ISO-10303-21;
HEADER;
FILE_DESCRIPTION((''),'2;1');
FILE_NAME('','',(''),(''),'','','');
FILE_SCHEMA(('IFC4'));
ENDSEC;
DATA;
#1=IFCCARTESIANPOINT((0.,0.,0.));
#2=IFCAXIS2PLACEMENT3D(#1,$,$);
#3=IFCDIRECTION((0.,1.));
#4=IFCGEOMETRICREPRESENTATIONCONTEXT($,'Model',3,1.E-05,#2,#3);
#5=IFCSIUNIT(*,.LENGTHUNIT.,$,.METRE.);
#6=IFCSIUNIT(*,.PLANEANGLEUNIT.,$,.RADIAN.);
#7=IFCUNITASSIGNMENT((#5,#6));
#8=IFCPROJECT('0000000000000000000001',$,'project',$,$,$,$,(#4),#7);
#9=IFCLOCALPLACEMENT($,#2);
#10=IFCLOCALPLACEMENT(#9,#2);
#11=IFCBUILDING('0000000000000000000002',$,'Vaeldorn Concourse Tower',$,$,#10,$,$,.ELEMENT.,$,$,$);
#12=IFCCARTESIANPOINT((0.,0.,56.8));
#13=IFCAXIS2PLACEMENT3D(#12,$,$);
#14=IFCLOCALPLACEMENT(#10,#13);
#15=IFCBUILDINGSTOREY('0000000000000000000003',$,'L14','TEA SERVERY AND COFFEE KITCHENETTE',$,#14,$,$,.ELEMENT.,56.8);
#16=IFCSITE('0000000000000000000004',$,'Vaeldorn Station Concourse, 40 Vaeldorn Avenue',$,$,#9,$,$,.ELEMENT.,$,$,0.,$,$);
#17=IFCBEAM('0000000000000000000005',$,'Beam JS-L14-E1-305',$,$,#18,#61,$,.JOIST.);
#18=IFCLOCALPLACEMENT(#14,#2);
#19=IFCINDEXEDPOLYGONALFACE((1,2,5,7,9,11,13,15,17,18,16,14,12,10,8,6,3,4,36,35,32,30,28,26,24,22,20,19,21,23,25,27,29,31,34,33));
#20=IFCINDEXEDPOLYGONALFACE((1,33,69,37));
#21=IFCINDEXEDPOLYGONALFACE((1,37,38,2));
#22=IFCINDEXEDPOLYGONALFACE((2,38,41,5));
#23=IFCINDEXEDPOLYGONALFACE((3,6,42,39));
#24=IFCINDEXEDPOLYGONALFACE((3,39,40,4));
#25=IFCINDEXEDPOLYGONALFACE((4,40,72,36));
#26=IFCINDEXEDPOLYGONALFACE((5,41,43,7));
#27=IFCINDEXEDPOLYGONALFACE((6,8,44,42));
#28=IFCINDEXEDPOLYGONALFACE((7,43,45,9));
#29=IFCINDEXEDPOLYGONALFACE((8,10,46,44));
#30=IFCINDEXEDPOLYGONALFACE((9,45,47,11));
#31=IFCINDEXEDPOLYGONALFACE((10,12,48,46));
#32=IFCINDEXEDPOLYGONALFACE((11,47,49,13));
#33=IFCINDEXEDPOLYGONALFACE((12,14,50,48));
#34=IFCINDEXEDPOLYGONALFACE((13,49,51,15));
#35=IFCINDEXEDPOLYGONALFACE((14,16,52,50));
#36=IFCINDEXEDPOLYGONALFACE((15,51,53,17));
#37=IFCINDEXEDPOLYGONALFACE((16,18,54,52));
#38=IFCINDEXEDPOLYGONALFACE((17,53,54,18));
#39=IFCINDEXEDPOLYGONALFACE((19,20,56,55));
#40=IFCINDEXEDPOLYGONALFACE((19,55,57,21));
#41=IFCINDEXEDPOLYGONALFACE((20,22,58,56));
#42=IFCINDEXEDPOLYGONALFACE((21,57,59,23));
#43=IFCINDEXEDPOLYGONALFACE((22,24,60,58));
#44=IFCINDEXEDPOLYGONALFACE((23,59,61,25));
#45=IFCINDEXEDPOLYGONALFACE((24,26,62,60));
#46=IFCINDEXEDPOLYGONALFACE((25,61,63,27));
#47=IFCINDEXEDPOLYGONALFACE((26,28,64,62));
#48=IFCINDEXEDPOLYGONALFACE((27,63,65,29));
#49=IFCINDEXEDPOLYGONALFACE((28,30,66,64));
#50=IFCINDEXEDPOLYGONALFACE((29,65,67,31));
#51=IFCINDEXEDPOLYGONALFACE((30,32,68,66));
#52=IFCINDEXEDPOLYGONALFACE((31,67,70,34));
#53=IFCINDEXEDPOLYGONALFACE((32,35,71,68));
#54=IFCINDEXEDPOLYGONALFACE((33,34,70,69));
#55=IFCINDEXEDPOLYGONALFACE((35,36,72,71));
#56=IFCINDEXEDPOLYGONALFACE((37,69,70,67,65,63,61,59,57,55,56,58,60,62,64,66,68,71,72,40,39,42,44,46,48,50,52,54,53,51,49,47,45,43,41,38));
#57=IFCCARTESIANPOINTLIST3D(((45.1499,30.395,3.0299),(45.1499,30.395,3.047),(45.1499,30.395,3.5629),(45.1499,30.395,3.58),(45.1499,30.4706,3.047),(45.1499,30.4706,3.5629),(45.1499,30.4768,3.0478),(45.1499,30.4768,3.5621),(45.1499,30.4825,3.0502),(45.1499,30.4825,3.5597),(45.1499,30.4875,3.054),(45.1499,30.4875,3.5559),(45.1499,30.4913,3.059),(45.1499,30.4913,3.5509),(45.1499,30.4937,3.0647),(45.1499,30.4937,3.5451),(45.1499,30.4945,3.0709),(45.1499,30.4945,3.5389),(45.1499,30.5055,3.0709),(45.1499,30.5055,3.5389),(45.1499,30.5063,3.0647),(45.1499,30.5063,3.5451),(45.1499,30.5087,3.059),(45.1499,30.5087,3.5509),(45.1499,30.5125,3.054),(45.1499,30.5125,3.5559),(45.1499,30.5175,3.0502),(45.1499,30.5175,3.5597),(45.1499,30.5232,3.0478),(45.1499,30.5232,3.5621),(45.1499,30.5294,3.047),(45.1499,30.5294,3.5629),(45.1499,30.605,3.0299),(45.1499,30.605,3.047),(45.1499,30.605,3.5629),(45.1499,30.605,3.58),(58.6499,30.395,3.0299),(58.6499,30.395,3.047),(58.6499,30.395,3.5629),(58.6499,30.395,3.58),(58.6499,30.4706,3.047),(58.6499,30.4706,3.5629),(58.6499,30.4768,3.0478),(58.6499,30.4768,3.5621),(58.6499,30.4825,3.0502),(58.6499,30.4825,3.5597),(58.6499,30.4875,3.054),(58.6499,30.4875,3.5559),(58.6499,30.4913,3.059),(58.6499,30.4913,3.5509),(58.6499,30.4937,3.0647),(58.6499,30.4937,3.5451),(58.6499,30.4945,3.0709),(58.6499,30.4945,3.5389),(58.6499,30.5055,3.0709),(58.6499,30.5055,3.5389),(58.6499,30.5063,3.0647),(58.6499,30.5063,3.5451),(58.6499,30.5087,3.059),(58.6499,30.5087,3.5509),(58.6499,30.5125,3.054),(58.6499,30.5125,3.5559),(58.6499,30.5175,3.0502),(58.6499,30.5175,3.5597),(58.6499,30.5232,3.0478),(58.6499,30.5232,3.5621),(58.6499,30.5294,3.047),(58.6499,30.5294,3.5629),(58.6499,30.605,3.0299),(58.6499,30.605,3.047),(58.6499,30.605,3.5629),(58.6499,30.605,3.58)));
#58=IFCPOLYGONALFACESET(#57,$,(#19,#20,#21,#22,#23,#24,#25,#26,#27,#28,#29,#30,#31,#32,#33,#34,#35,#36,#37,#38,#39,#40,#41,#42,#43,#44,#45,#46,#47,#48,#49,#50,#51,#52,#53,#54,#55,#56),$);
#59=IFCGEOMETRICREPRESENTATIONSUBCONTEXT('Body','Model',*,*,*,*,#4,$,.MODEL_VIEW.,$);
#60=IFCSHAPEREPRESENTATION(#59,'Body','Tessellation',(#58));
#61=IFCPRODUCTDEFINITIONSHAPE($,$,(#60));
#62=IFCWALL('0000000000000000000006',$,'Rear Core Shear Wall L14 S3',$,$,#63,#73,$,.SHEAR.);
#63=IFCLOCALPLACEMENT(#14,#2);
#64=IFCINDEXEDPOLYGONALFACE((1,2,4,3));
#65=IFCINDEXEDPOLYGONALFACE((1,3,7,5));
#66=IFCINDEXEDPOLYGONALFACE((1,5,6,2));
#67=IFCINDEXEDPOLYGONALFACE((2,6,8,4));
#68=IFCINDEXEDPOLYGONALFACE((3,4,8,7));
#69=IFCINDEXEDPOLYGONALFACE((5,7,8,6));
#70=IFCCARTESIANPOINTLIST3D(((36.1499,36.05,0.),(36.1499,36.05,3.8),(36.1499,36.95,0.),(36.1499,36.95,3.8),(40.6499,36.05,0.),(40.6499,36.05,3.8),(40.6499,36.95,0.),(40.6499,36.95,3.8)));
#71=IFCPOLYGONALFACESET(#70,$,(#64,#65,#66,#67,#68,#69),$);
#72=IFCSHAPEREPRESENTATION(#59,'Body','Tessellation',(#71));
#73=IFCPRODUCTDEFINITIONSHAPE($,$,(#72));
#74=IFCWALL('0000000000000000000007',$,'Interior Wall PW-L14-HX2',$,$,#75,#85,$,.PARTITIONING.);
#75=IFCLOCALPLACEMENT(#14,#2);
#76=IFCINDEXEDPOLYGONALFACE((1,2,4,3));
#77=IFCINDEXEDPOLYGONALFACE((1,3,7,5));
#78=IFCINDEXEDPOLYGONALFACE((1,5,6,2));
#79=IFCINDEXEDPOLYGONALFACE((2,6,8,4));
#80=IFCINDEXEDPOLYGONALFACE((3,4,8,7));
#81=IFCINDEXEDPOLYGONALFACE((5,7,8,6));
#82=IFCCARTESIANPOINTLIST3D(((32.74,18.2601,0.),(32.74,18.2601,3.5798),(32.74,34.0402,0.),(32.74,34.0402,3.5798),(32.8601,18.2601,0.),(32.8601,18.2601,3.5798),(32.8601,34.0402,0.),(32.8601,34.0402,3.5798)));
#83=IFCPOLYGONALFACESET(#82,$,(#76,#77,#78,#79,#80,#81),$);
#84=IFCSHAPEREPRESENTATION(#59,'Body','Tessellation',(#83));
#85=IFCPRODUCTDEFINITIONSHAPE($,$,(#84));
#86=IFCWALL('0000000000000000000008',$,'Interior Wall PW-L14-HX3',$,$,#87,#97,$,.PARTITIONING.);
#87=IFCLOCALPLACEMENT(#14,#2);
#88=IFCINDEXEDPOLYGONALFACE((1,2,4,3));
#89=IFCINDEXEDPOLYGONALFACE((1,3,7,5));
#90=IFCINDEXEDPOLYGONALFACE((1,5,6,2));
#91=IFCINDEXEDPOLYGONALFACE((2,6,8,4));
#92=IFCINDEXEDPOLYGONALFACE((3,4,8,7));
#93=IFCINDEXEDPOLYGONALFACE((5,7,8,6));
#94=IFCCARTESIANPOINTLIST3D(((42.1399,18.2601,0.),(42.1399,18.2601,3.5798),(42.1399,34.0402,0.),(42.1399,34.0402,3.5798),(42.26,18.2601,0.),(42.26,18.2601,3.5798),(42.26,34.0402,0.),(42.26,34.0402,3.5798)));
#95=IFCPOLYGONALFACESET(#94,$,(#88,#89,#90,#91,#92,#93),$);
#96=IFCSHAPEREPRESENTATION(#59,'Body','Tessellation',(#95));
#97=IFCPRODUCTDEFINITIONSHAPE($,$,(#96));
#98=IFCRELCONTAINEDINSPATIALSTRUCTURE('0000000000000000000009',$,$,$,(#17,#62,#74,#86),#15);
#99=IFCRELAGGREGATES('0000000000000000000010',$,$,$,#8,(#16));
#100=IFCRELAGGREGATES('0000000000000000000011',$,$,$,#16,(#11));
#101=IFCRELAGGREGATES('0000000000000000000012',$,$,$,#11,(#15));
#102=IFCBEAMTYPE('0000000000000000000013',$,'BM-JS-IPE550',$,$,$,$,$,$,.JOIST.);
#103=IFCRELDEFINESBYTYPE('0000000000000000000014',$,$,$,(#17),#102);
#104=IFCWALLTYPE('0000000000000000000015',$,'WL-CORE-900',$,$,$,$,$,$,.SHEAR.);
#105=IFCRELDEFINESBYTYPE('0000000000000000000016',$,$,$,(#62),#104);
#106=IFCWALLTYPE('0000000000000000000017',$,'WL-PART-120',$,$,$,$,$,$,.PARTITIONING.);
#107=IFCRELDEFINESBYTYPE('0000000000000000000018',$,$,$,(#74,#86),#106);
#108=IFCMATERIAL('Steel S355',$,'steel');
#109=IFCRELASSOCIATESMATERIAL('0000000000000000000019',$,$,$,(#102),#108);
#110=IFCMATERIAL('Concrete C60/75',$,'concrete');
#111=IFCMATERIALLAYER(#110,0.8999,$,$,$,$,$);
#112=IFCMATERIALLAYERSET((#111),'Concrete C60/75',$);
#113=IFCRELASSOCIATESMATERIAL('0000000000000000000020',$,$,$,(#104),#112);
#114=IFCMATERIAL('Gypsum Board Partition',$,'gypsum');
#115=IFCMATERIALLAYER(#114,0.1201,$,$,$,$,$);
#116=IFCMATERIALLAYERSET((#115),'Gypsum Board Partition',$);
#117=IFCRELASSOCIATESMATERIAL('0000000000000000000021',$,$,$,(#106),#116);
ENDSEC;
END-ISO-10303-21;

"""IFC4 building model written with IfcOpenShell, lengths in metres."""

from ifc_helpers import new_model, si_unit, direction, frame, frame_2d, origin, origin_2d, place, context, subcontext, project, spatial, rectangle, i_section, extrude, source, transform, mapped, material, layer, layer_set, material_profile, profile_set, type_object, element, save


model = new_model("IFC4")

# Units and contexts
model_context = context("Model", 3, precision=1e-05, world=origin(), true_north=direction((0.0, 1.0)))
body_context = subcontext(model_context, "Body", "Model", "MODEL_VIEW")
ifc_project = project(units=[si_unit("LENGTHUNIT", "METRE"), si_unit("PLANEANGLEUNIT", "RADIAN")], contexts=[model_context])

# Site, building, storey
site_placement = place(None, origin())
site = spatial("IfcSite", under=ifc_project, at=site_placement, Name="Vaeldorn Station Concourse, 40 Vaeldorn Avenue", CompositionType="ELEMENT", RefElevation=0.0)
building_placement = place(site_placement, origin())
building = spatial("IfcBuilding", under=site, at=building_placement, Name="Vaeldorn Concourse Tower", CompositionType="ELEMENT")
storey_placement = place(building_placement, frame((0.0, 0.0, 56.8)))
storey = spatial("IfcBuildingStorey", under=building, at=storey_placement, Name="L14", Description="TEA SERVERY AND COFFEE KITCHENETTE", CompositionType="ELEMENT", Elevation=56.8)

# Beam
ifc_material_1 = material(Name="Steel S355", Category="steel")
ifc_material_profile_1 = material_profile(ifc_material_1, i_section(OverallWidth=0.21, OverallDepth=0.55, WebThickness=0.011, FlangeThickness=0.0171, FilletRadius=0.0239, at=origin_2d()), Name="IPE 550")
ifc_profile_set_1 = profile_set([ifc_material_profile_1], Name="Steel S355")
beam_type_1 = type_object("IfcBeamType", Name="BM-JS-IPE550", PredefinedType="JOIST", material=ifc_profile_set_1)
shared_shape_1 = source(origin(), body_context, "Body", "SweptSolid", [
    extrude(i_section(OverallWidth=0.21, OverallDepth=0.55, WebThickness=0.011, FlangeThickness=0.0171, FilletRadius=0.0239, at=origin_2d()), origin(), (0.0, 0.0, 1.0), 13.5),
])
beam_1_placement = place(storey_placement, frame((45.1499, 30.5, 3.3049), z_axis=(1.0, 0.0, 0.0), x_axis=(0.0, 1.0, 0.0)))
element("IfcBeam", 1, at=beam_1_placement, inside=storey, type_object=beam_type_1, Name="Beam JS-L14-E1-305", PredefinedType="JOIST", context=body_context, shape_type="MappedRepresentation", body=[
    mapped(shared_shape_1, transform((0.0, 0.0, 0.0), scale=1.0)),
])

# Walls
ifc_material_2 = material(Name="Concrete C60/75", Category="concrete")
ifc_layer_1 = layer(ifc_material_2, 0.8999)
ifc_layer_set_1 = layer_set([ifc_layer_1], Name="Concrete C60/75")
wall_type_1 = type_object("IfcWallType", Name="WL-CORE-900", PredefinedType="SHEAR", material=ifc_layer_set_1)
wall_placement = place(storey_placement, frame((36.1499, 36.5, 0.0), z_axis=(0.0, 0.0, 1.0), x_axis=(1.0, 0.0, 0.0)))
element("IfcWall", 2, at=wall_placement, inside=storey, type_object=wall_type_1, Name="Rear Core Shear Wall L14 S3", PredefinedType="SHEAR", context=body_context, shape_type="SweptSolid", body=[
    extrude(rectangle(XDim=4.5, YDim=0.8999, at=frame_2d((2.25, 0.0))), origin(), (0.0, 0.0, 1.0), 3.8),
])
ifc_material_3 = material(Name="Gypsum Board Partition", Category="gypsum")
ifc_layer_2 = layer(ifc_material_3, 0.1201)
ifc_layer_set_2 = layer_set([ifc_layer_2], Name="Gypsum Board Partition")
wall_type_2 = type_object("IfcWallType", Name="WL-PART-120", PredefinedType="PARTITIONING", material=ifc_layer_set_2)
for number, where, z_axis, x_axis, name in (
    (3, (32.8, 18.26, 0.0), (0.0, 0.0, 1.0), (0.0, 1.0, 0.0), "Interior Wall PW-L14-HX2"),
    (4, (42.2, 18.26, 0.0), (0.0, 0.0, 1.0), (0.0, 1.0, 0.0), "Interior Wall PW-L14-HX3"),
):
    element("IfcWall", number, at=place(storey_placement, frame(where, z_axis=z_axis, x_axis=x_axis)), inside=storey, type_object=wall_type_2, Name=name, PredefinedType="PARTITIONING", context=body_context, shape_type="SweptSolid", body=[
        extrude(rectangle(XDim=15.78, YDim=0.1201, at=frame_2d((7.8901, 0.0))), origin(), (0.0, 0.0, 1.0), 3.5798),
    ])

save(model, "model.ifc")
